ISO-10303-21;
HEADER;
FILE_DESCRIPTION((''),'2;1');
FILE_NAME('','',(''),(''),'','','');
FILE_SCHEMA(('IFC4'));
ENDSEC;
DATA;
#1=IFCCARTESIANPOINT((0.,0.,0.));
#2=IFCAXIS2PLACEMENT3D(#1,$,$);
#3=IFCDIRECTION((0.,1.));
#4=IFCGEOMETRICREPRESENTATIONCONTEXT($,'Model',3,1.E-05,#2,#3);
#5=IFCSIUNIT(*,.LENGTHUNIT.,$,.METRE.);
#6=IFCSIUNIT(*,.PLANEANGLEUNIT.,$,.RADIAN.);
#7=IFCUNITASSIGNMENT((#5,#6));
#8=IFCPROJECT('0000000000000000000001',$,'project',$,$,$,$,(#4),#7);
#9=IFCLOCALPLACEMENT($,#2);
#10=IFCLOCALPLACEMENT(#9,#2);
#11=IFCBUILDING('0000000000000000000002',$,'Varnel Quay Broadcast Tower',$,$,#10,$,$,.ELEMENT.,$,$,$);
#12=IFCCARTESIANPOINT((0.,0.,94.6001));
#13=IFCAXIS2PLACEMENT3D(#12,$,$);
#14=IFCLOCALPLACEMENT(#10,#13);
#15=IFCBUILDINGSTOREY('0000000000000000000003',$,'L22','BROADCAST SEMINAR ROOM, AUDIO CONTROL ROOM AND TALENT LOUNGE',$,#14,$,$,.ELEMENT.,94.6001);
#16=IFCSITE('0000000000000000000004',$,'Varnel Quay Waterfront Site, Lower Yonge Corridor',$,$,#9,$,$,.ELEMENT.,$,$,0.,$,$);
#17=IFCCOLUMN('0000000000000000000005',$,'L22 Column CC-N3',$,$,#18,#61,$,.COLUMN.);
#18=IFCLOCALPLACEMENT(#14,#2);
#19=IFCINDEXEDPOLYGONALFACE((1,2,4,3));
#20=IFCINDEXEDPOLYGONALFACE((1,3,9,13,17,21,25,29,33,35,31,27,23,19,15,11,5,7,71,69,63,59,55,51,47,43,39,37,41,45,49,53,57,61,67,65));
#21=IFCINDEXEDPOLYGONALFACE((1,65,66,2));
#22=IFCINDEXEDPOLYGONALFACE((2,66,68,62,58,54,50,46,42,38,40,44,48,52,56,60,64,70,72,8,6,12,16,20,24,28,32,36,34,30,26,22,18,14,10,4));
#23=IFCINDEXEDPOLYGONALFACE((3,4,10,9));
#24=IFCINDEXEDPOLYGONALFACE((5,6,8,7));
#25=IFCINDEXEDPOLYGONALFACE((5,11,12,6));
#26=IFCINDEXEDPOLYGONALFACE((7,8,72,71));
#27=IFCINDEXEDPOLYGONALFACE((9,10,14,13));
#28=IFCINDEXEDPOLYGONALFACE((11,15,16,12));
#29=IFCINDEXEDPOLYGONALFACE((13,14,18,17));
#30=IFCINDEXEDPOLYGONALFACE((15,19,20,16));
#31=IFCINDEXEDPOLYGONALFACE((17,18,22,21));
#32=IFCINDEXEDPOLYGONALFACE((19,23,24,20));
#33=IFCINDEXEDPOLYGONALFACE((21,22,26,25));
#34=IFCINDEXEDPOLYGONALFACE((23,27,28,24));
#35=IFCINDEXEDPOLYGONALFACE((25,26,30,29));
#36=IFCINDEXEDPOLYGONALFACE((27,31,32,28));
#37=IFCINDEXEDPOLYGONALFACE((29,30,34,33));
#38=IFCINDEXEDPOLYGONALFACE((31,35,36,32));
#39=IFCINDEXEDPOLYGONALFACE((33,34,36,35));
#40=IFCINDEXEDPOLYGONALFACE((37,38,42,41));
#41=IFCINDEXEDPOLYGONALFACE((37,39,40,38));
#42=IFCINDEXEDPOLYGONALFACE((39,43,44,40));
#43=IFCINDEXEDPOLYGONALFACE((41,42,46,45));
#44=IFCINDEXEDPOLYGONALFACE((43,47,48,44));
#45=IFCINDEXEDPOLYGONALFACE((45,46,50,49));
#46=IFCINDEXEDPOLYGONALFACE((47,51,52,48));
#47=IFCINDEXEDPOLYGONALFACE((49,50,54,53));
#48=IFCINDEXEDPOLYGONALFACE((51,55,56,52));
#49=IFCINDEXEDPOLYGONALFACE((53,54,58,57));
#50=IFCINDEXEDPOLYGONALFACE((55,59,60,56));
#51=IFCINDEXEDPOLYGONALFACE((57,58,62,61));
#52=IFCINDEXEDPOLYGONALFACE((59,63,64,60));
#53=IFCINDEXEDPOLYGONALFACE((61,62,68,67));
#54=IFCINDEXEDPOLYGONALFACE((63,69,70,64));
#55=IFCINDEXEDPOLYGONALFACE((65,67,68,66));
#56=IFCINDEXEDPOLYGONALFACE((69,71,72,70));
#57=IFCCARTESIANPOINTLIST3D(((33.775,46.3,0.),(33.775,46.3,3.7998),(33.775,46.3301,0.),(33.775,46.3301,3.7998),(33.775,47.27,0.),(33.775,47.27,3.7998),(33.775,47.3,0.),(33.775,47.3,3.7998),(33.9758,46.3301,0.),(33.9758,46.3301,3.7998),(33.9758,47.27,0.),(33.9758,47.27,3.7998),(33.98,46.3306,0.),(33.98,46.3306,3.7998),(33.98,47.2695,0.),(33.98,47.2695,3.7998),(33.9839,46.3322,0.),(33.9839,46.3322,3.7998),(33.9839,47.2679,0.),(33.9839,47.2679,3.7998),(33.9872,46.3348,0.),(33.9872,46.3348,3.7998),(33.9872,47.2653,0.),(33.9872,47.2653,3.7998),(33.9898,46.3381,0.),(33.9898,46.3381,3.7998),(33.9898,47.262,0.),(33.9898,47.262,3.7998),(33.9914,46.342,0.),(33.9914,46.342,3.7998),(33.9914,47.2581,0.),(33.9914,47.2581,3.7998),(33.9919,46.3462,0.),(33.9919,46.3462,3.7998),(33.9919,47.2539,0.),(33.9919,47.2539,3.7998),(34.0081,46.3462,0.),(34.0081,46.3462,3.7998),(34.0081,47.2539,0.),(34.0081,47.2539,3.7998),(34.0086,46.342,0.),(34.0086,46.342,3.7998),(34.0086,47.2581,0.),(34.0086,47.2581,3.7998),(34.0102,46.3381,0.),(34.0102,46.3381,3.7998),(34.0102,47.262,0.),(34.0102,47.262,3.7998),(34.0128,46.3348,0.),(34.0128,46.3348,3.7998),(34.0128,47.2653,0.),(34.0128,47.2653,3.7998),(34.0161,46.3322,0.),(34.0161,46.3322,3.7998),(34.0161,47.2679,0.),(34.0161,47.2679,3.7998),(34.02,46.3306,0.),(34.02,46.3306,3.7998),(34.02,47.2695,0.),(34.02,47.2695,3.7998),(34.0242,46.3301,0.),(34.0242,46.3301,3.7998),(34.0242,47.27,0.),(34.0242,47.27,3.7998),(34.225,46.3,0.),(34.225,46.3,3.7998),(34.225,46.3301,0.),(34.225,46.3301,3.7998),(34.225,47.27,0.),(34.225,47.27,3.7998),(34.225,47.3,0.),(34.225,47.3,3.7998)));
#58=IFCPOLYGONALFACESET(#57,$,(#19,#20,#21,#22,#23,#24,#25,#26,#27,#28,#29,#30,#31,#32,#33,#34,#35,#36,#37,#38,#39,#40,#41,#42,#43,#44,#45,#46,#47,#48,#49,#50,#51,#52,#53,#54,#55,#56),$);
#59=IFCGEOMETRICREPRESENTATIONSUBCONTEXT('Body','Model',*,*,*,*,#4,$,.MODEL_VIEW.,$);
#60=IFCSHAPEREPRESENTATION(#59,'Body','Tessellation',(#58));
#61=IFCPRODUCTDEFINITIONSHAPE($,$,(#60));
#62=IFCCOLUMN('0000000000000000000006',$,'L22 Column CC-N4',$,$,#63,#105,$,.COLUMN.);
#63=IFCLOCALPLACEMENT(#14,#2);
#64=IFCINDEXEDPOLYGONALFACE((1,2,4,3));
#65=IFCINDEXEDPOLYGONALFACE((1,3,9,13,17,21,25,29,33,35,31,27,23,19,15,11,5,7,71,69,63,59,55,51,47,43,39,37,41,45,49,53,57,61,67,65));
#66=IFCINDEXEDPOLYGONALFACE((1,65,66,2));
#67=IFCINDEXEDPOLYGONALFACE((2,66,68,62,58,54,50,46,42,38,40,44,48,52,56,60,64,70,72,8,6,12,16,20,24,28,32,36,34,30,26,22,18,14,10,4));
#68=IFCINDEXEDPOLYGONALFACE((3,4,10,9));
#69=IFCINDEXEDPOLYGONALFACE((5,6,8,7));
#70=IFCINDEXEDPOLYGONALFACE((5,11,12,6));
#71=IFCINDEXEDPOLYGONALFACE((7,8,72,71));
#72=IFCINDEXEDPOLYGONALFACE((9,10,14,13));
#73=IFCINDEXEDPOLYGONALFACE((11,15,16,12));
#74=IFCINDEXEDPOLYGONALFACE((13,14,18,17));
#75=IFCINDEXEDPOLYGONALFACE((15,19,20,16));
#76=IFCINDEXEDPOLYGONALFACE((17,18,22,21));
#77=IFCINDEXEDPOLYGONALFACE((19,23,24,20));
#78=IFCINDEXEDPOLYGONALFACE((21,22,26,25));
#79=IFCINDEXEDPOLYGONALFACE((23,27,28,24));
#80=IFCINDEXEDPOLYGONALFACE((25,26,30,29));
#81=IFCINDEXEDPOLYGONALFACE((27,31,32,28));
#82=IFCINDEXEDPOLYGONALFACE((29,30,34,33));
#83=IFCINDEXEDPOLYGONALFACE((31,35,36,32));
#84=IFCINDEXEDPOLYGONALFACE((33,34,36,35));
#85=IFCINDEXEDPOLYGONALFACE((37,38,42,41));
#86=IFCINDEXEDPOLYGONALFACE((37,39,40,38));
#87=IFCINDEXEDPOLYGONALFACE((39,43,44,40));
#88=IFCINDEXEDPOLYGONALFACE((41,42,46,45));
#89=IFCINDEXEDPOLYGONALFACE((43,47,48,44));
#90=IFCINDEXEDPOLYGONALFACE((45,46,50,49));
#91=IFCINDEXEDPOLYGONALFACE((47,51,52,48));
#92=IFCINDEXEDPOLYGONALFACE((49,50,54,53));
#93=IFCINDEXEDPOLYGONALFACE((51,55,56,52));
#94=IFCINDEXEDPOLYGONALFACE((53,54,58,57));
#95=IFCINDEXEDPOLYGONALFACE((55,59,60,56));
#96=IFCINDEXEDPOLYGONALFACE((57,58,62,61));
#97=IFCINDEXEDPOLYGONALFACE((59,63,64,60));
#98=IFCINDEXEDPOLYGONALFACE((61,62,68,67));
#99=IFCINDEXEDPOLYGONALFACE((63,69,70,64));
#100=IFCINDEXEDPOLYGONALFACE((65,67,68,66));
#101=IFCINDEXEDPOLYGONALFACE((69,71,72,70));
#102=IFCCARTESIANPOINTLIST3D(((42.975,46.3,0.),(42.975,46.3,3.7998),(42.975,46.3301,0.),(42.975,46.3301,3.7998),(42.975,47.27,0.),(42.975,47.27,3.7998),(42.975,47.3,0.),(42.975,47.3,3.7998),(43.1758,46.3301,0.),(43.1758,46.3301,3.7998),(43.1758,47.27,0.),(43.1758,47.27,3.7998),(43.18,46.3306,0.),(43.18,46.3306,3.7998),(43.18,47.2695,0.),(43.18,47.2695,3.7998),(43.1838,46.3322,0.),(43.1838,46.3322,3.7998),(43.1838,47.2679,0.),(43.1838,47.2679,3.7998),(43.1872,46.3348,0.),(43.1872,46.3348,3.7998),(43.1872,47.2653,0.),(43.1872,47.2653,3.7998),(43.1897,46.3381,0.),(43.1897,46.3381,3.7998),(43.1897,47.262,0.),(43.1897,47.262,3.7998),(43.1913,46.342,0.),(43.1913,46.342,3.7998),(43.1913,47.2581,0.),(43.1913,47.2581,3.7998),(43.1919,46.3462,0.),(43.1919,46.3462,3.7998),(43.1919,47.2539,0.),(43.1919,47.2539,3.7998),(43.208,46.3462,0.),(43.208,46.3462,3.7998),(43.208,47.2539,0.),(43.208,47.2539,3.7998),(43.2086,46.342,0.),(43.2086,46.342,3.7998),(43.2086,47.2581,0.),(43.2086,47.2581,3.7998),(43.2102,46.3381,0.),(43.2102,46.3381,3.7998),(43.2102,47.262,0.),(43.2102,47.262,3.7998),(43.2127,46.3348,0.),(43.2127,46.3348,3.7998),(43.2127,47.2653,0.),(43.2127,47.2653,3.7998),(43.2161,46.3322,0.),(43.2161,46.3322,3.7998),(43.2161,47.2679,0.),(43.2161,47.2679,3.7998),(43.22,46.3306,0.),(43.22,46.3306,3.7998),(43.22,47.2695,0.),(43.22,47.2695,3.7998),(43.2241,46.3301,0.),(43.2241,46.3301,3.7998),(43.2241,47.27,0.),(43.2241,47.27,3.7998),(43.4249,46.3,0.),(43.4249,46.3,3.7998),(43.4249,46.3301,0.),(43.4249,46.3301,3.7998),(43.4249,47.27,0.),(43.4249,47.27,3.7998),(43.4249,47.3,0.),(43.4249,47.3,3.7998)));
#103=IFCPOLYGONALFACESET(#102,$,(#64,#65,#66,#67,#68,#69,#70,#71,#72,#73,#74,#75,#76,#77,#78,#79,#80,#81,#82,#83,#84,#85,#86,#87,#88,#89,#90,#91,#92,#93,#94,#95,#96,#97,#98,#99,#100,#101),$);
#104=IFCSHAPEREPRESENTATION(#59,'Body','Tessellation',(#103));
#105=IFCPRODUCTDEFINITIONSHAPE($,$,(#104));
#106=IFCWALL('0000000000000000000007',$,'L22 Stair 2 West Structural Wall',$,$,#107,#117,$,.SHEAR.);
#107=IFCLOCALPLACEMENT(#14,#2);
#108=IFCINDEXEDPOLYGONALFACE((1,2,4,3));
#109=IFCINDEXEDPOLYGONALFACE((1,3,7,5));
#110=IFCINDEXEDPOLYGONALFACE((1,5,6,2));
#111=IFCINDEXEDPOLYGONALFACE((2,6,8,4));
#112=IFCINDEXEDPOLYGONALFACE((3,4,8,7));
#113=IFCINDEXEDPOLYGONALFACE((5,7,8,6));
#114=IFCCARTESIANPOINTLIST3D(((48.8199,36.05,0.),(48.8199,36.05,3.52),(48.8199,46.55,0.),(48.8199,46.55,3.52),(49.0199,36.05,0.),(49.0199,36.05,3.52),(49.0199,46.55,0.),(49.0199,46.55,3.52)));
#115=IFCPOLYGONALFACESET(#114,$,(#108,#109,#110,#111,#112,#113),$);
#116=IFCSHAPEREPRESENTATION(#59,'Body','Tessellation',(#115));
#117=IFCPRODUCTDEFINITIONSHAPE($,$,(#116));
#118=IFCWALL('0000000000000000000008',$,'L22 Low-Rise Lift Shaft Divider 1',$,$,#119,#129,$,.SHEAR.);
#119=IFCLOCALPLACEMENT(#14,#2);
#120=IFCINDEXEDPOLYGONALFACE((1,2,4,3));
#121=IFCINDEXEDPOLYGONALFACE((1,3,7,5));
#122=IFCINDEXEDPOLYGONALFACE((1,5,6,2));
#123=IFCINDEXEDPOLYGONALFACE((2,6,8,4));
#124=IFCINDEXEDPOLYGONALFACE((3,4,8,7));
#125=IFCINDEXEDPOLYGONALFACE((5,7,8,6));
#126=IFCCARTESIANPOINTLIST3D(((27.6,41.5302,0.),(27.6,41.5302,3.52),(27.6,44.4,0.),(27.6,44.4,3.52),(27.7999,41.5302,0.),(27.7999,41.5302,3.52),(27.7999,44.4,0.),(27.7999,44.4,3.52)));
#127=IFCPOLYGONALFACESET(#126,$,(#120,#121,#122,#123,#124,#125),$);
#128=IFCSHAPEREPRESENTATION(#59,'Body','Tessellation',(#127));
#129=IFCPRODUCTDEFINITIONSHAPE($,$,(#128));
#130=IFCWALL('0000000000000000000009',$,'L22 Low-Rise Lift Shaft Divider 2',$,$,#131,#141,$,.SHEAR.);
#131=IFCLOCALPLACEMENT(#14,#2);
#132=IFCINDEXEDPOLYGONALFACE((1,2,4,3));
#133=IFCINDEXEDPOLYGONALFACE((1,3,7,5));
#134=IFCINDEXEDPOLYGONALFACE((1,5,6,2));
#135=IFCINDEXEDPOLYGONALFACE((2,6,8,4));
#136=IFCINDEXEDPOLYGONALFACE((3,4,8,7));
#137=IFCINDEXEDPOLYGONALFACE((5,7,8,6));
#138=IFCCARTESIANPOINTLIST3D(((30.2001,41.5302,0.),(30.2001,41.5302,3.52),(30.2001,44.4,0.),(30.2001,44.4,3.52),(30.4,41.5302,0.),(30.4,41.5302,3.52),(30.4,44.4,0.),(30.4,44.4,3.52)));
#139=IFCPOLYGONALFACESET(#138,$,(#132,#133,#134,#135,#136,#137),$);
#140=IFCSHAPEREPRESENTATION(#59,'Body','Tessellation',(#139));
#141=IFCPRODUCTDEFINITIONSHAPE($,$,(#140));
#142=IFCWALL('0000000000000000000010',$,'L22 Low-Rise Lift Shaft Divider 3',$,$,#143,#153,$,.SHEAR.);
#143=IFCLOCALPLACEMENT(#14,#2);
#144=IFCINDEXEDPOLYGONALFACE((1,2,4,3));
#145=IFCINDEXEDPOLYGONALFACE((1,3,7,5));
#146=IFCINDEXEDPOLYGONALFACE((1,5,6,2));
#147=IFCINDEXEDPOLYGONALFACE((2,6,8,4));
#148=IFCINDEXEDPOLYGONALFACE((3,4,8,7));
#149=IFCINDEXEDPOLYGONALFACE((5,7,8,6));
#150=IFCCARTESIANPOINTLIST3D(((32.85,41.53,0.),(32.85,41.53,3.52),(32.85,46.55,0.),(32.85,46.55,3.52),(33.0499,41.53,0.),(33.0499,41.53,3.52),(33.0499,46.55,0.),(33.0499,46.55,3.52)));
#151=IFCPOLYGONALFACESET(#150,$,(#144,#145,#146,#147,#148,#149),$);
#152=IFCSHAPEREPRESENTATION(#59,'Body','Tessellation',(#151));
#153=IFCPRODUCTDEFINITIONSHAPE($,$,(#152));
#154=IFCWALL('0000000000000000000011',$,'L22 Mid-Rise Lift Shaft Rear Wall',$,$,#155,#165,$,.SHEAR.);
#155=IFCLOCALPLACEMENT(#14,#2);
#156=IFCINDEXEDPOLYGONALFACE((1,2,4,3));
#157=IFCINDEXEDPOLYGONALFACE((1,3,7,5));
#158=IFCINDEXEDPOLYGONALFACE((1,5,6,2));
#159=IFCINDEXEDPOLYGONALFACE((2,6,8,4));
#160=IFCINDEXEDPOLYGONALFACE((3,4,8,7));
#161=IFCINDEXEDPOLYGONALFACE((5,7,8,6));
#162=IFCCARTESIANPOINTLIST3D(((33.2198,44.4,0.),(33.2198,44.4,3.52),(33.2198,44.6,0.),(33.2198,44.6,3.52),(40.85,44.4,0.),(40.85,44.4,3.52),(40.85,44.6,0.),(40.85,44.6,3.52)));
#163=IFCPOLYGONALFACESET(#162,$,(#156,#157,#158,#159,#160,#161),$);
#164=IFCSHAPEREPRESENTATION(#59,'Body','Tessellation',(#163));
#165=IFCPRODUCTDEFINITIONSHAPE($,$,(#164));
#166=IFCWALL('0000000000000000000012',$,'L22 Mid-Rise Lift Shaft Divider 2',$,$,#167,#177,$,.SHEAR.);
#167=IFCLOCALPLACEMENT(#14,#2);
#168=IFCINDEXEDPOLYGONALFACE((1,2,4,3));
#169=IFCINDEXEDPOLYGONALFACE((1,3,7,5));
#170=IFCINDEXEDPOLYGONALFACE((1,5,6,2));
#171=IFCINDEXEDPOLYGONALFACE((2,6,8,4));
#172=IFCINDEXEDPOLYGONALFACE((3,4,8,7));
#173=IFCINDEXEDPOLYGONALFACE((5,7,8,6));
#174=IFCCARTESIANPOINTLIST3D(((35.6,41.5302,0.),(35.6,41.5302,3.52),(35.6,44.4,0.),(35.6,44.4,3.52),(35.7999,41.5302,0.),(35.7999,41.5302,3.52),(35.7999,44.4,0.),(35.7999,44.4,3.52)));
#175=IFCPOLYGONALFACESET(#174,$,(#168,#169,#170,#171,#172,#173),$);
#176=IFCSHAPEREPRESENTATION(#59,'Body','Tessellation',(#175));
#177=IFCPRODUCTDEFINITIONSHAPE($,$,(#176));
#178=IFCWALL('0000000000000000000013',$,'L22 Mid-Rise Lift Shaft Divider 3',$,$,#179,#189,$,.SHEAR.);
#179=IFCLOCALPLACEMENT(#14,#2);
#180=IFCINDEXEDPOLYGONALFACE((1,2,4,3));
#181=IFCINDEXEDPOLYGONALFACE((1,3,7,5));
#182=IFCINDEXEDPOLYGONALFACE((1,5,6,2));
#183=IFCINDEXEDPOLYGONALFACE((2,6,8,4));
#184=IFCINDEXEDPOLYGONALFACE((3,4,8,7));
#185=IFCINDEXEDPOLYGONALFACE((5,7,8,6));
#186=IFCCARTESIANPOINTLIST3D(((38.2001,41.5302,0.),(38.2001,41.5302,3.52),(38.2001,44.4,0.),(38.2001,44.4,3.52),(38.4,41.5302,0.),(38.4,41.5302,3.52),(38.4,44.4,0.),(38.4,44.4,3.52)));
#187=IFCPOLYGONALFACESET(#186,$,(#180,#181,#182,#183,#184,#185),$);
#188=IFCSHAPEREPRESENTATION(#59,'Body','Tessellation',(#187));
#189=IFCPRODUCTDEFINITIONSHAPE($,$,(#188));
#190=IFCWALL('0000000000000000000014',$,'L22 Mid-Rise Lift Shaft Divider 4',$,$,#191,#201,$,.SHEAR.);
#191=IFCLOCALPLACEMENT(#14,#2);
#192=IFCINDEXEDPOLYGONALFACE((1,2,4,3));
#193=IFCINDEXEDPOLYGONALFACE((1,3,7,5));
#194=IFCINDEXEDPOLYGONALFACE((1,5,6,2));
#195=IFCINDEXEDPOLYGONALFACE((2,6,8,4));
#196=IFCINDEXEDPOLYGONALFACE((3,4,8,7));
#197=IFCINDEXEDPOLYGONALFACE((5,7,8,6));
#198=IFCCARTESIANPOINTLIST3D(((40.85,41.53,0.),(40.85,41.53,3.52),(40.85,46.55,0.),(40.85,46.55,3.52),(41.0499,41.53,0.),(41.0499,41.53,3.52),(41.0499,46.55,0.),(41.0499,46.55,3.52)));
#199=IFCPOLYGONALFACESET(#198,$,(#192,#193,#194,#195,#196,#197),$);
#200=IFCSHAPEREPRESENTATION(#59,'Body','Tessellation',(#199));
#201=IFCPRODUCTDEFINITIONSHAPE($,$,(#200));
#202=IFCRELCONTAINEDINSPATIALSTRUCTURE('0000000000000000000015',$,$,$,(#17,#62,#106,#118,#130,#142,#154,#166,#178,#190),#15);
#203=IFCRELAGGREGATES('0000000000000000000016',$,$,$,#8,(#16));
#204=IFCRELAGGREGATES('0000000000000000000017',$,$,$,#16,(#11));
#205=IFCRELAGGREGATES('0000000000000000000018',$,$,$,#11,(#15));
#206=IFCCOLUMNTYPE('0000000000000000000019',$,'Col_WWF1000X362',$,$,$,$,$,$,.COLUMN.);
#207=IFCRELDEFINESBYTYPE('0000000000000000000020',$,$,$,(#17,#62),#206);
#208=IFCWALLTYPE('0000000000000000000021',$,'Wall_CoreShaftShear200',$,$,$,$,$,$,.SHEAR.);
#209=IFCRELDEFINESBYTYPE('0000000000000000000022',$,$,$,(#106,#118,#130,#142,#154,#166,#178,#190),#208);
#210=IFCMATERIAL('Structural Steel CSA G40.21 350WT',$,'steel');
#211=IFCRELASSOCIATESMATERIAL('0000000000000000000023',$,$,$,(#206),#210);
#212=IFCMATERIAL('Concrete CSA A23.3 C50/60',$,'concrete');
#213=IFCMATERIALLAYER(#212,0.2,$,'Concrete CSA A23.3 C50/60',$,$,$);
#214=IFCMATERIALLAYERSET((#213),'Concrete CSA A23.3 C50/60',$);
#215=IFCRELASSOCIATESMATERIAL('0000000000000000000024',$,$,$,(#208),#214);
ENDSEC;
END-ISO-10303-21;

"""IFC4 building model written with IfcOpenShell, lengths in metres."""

from ifc_helpers import new_model, si_unit, direction, frame, frame_2d, origin, origin_2d, place, context, subcontext, project, spatial, rectangle, i_section, extrude, source, transform, mapped, material, layer, layer_set, material_profile, profile_set, type_object, type_shapes, element, save


model = new_model("IFC4")

# Units and contexts
model_context = context("Model", 3, precision=1e-05, world=origin(), true_north=direction((0.0, 1.0)))
body_context = subcontext(model_context, "Body", "Model", "MODEL_VIEW")
ifc_project = project(units=[si_unit("LENGTHUNIT", "METRE"), si_unit("PLANEANGLEUNIT", "RADIAN")], contexts=[model_context])

# Site, building, storey
site_placement = place(None, origin())
site = spatial("IfcSite", under=ifc_project, at=site_placement, Name="Varnel Quay Waterfront Site, Lower Yonge Corridor", CompositionType="ELEMENT", RefElevation=0.0)
building_placement = place(site_placement, origin())
building = spatial("IfcBuilding", under=site, at=building_placement, Name="Varnel Quay Broadcast Tower", CompositionType="ELEMENT")
storey_placement = place(building_placement, frame((0.0, 0.0, 94.6001)))
storey = spatial("IfcBuildingStorey", under=building, at=storey_placement, Name="L22", Description="BROADCAST SEMINAR ROOM, AUDIO CONTROL ROOM AND TALENT LOUNGE", CompositionType="ELEMENT", Elevation=94.6001)

# Columns
ifc_material_1 = material(Name="Structural Steel CSA G40.21 350WT", Category="steel")
ifc_material_profile = material_profile(ifc_material_1, i_section(OverallWidth=0.45, OverallDepth=1.0, WebThickness=0.0161, FlangeThickness=0.03, FilletRadius=0.0161, at=origin_2d()), Name="WWF1000X362")
ifc_profile_set = profile_set([ifc_material_profile], Name="Structural Steel CSA G40.21 350WT")
column_type = type_object("IfcColumnType", Name="Col_WWF1000X362", PredefinedType="COLUMN", material=ifc_profile_set)
shared_shape_1 = source(origin(), body_context, "Body", "SweptSolid", [
    extrude(i_section(OverallWidth=0.45, OverallDepth=1.0, WebThickness=0.0161, FlangeThickness=0.03, FilletRadius=0.0161, at=origin_2d()), origin(), (0.0, 0.0, 1.0), 3.7998),
])
type_shapes(column_type, [shared_shape_1])
for number, where, z_axis, x_axis, name in (
    (1, (34.0, 46.8, 0.0), (0.0, 0.0, 1.0), (1.0, 0.0, 0.0), "L22 Column CC-N3"),
    (2, (43.2, 46.8, 0.0), (0.0, 0.0, 1.0), (1.0, 0.0, 0.0), "L22 Column CC-N4"),
):
    element("IfcColumn", number, at=place(storey_placement, frame(where, z_axis=z_axis, x_axis=x_axis)), inside=storey, type_object=column_type, Name=name, PredefinedType="COLUMN", context=body_context, shape_type="MappedRepresentation", body=[
        mapped(shared_shape_1, transform((0.0, 0.0, 0.0), x_axis=(1.0, 0.0, 0.0), y_axis=(0.0, 1.0, 0.0), z_axis=(0.0, 0.0, 1.0), scale=1.0)),
    ])

# Walls
ifc_material_2 = material(Name="Concrete CSA A23.3 C50/60", Category="concrete")
ifc_layer_1 = layer(ifc_material_2, 0.2, Name="Concrete CSA A23.3 C50/60")
ifc_layer_set_1 = layer_set([ifc_layer_1], Name="Concrete CSA A23.3 C50/60")
wall_type_1 = type_object("IfcWallType", Name="Wall_CoreShaftShear200", PredefinedType="SHEAR", material=ifc_layer_set_1)
wall_1_placement = place(storey_placement, frame((48.9199, 36.05, 0.0), z_axis=(0.0, 0.0, 1.0), x_axis=(0.0, 1.0, 0.0)))
element("IfcWall", 3, at=wall_1_placement, inside=storey, type_object=wall_type_1, Name="L22 Stair 2 West Structural Wall", PredefinedType="SHEAR", context=body_context, shape_type="SweptSolid", body=[
    extrude(rectangle(XDim=10.5, YDim=0.2, at=frame_2d((5.25, 0.0))), origin(), (0.0, 0.0, 1.0), 3.52),
])
for number, where, z_axis, x_axis, name in (
    (4, (27.7, 41.53, 0.0), (0.0, 0.0, 1.0), (0.0, 1.0, 0.0), "L22 Low-Rise Lift Shaft Divider 1"),
    (5, (30.3, 41.53, 0.0), (0.0, 0.0, 1.0), (0.0, 1.0, 0.0), "L22 Low-Rise Lift Shaft Divider 2"),
):
    element("IfcWall", number, at=place(storey_placement, frame(where, z_axis=z_axis, x_axis=x_axis)), inside=storey, type_object=wall_type_1, Name=name, PredefinedType="SHEAR", context=body_context, shape_type="SweptSolid", body=[
        extrude(rectangle(XDim=2.8699, YDim=0.2, at=frame_2d((1.4351, 0.0))), origin(), (0.0, 0.0, 1.0), 3.52),
    ])
wall_2_placement = place(storey_placement, frame((32.95, 41.53, 0.0), z_axis=(0.0, 0.0, 1.0), x_axis=(0.0, 1.0, 0.0)))
element("IfcWall", 6, at=wall_2_placement, inside=storey, type_object=wall_type_1, Name="L22 Low-Rise Lift Shaft Divider 3", PredefinedType="SHEAR", context=body_context, shape_type="SweptSolid", body=[
    extrude(rectangle(XDim=5.02, YDim=0.2, at=frame_2d((2.51, 0.0))), origin(), (0.0, 0.0, 1.0), 3.52),
])
wall_3_placement = place(storey_placement, frame((33.22, 44.5, 0.0), z_axis=(0.0, 0.0, 1.0), x_axis=(1.0, 0.0, 0.0)))
element("IfcWall", 7, at=wall_3_placement, inside=storey, type_object=wall_type_1, Name="L22 Mid-Rise Lift Shaft Rear Wall", PredefinedType="SHEAR", context=body_context, shape_type="SweptSolid", body=[
    extrude(rectangle(XDim=7.6301, YDim=0.2, at=frame_2d((3.8149, 0.0))), origin(), (0.0, 0.0, 1.0), 3.52),
])
for number, where, z_axis, x_axis, name in (
    (8, (35.7, 41.53, 0.0), (0.0, 0.0, 1.0), (0.0, 1.0, 0.0), "L22 Mid-Rise Lift Shaft Divider 2"),
    (9, (38.3, 41.53, 0.0), (0.0, 0.0, 1.0), (0.0, 1.0, 0.0), "L22 Mid-Rise Lift Shaft Divider 3"),
):
    element("IfcWall", number, at=place(storey_placement, frame(where, z_axis=z_axis, x_axis=x_axis)), inside=storey, type_object=wall_type_1, Name=name, PredefinedType="SHEAR", context=body_context, shape_type="SweptSolid", body=[
        extrude(rectangle(XDim=2.8699, YDim=0.2, at=frame_2d((1.4351, 0.0))), origin(), (0.0, 0.0, 1.0), 3.52),
    ])
wall_4_placement = place(storey_placement, frame((40.95, 41.53, 0.0), z_axis=(0.0, 0.0, 1.0), x_axis=(0.0, 1.0, 0.0)))
element("IfcWall", 10, at=wall_4_placement, inside=storey, type_object=wall_type_1, Name="L22 Mid-Rise Lift Shaft Divider 4", PredefinedType="SHEAR", context=body_context, shape_type="SweptSolid", body=[
    extrude(rectangle(XDim=5.02, YDim=0.2, at=frame_2d((2.51, 0.0))), origin(), (0.0, 0.0, 1.0), 3.52),
])

save(model, "model.ifc")
